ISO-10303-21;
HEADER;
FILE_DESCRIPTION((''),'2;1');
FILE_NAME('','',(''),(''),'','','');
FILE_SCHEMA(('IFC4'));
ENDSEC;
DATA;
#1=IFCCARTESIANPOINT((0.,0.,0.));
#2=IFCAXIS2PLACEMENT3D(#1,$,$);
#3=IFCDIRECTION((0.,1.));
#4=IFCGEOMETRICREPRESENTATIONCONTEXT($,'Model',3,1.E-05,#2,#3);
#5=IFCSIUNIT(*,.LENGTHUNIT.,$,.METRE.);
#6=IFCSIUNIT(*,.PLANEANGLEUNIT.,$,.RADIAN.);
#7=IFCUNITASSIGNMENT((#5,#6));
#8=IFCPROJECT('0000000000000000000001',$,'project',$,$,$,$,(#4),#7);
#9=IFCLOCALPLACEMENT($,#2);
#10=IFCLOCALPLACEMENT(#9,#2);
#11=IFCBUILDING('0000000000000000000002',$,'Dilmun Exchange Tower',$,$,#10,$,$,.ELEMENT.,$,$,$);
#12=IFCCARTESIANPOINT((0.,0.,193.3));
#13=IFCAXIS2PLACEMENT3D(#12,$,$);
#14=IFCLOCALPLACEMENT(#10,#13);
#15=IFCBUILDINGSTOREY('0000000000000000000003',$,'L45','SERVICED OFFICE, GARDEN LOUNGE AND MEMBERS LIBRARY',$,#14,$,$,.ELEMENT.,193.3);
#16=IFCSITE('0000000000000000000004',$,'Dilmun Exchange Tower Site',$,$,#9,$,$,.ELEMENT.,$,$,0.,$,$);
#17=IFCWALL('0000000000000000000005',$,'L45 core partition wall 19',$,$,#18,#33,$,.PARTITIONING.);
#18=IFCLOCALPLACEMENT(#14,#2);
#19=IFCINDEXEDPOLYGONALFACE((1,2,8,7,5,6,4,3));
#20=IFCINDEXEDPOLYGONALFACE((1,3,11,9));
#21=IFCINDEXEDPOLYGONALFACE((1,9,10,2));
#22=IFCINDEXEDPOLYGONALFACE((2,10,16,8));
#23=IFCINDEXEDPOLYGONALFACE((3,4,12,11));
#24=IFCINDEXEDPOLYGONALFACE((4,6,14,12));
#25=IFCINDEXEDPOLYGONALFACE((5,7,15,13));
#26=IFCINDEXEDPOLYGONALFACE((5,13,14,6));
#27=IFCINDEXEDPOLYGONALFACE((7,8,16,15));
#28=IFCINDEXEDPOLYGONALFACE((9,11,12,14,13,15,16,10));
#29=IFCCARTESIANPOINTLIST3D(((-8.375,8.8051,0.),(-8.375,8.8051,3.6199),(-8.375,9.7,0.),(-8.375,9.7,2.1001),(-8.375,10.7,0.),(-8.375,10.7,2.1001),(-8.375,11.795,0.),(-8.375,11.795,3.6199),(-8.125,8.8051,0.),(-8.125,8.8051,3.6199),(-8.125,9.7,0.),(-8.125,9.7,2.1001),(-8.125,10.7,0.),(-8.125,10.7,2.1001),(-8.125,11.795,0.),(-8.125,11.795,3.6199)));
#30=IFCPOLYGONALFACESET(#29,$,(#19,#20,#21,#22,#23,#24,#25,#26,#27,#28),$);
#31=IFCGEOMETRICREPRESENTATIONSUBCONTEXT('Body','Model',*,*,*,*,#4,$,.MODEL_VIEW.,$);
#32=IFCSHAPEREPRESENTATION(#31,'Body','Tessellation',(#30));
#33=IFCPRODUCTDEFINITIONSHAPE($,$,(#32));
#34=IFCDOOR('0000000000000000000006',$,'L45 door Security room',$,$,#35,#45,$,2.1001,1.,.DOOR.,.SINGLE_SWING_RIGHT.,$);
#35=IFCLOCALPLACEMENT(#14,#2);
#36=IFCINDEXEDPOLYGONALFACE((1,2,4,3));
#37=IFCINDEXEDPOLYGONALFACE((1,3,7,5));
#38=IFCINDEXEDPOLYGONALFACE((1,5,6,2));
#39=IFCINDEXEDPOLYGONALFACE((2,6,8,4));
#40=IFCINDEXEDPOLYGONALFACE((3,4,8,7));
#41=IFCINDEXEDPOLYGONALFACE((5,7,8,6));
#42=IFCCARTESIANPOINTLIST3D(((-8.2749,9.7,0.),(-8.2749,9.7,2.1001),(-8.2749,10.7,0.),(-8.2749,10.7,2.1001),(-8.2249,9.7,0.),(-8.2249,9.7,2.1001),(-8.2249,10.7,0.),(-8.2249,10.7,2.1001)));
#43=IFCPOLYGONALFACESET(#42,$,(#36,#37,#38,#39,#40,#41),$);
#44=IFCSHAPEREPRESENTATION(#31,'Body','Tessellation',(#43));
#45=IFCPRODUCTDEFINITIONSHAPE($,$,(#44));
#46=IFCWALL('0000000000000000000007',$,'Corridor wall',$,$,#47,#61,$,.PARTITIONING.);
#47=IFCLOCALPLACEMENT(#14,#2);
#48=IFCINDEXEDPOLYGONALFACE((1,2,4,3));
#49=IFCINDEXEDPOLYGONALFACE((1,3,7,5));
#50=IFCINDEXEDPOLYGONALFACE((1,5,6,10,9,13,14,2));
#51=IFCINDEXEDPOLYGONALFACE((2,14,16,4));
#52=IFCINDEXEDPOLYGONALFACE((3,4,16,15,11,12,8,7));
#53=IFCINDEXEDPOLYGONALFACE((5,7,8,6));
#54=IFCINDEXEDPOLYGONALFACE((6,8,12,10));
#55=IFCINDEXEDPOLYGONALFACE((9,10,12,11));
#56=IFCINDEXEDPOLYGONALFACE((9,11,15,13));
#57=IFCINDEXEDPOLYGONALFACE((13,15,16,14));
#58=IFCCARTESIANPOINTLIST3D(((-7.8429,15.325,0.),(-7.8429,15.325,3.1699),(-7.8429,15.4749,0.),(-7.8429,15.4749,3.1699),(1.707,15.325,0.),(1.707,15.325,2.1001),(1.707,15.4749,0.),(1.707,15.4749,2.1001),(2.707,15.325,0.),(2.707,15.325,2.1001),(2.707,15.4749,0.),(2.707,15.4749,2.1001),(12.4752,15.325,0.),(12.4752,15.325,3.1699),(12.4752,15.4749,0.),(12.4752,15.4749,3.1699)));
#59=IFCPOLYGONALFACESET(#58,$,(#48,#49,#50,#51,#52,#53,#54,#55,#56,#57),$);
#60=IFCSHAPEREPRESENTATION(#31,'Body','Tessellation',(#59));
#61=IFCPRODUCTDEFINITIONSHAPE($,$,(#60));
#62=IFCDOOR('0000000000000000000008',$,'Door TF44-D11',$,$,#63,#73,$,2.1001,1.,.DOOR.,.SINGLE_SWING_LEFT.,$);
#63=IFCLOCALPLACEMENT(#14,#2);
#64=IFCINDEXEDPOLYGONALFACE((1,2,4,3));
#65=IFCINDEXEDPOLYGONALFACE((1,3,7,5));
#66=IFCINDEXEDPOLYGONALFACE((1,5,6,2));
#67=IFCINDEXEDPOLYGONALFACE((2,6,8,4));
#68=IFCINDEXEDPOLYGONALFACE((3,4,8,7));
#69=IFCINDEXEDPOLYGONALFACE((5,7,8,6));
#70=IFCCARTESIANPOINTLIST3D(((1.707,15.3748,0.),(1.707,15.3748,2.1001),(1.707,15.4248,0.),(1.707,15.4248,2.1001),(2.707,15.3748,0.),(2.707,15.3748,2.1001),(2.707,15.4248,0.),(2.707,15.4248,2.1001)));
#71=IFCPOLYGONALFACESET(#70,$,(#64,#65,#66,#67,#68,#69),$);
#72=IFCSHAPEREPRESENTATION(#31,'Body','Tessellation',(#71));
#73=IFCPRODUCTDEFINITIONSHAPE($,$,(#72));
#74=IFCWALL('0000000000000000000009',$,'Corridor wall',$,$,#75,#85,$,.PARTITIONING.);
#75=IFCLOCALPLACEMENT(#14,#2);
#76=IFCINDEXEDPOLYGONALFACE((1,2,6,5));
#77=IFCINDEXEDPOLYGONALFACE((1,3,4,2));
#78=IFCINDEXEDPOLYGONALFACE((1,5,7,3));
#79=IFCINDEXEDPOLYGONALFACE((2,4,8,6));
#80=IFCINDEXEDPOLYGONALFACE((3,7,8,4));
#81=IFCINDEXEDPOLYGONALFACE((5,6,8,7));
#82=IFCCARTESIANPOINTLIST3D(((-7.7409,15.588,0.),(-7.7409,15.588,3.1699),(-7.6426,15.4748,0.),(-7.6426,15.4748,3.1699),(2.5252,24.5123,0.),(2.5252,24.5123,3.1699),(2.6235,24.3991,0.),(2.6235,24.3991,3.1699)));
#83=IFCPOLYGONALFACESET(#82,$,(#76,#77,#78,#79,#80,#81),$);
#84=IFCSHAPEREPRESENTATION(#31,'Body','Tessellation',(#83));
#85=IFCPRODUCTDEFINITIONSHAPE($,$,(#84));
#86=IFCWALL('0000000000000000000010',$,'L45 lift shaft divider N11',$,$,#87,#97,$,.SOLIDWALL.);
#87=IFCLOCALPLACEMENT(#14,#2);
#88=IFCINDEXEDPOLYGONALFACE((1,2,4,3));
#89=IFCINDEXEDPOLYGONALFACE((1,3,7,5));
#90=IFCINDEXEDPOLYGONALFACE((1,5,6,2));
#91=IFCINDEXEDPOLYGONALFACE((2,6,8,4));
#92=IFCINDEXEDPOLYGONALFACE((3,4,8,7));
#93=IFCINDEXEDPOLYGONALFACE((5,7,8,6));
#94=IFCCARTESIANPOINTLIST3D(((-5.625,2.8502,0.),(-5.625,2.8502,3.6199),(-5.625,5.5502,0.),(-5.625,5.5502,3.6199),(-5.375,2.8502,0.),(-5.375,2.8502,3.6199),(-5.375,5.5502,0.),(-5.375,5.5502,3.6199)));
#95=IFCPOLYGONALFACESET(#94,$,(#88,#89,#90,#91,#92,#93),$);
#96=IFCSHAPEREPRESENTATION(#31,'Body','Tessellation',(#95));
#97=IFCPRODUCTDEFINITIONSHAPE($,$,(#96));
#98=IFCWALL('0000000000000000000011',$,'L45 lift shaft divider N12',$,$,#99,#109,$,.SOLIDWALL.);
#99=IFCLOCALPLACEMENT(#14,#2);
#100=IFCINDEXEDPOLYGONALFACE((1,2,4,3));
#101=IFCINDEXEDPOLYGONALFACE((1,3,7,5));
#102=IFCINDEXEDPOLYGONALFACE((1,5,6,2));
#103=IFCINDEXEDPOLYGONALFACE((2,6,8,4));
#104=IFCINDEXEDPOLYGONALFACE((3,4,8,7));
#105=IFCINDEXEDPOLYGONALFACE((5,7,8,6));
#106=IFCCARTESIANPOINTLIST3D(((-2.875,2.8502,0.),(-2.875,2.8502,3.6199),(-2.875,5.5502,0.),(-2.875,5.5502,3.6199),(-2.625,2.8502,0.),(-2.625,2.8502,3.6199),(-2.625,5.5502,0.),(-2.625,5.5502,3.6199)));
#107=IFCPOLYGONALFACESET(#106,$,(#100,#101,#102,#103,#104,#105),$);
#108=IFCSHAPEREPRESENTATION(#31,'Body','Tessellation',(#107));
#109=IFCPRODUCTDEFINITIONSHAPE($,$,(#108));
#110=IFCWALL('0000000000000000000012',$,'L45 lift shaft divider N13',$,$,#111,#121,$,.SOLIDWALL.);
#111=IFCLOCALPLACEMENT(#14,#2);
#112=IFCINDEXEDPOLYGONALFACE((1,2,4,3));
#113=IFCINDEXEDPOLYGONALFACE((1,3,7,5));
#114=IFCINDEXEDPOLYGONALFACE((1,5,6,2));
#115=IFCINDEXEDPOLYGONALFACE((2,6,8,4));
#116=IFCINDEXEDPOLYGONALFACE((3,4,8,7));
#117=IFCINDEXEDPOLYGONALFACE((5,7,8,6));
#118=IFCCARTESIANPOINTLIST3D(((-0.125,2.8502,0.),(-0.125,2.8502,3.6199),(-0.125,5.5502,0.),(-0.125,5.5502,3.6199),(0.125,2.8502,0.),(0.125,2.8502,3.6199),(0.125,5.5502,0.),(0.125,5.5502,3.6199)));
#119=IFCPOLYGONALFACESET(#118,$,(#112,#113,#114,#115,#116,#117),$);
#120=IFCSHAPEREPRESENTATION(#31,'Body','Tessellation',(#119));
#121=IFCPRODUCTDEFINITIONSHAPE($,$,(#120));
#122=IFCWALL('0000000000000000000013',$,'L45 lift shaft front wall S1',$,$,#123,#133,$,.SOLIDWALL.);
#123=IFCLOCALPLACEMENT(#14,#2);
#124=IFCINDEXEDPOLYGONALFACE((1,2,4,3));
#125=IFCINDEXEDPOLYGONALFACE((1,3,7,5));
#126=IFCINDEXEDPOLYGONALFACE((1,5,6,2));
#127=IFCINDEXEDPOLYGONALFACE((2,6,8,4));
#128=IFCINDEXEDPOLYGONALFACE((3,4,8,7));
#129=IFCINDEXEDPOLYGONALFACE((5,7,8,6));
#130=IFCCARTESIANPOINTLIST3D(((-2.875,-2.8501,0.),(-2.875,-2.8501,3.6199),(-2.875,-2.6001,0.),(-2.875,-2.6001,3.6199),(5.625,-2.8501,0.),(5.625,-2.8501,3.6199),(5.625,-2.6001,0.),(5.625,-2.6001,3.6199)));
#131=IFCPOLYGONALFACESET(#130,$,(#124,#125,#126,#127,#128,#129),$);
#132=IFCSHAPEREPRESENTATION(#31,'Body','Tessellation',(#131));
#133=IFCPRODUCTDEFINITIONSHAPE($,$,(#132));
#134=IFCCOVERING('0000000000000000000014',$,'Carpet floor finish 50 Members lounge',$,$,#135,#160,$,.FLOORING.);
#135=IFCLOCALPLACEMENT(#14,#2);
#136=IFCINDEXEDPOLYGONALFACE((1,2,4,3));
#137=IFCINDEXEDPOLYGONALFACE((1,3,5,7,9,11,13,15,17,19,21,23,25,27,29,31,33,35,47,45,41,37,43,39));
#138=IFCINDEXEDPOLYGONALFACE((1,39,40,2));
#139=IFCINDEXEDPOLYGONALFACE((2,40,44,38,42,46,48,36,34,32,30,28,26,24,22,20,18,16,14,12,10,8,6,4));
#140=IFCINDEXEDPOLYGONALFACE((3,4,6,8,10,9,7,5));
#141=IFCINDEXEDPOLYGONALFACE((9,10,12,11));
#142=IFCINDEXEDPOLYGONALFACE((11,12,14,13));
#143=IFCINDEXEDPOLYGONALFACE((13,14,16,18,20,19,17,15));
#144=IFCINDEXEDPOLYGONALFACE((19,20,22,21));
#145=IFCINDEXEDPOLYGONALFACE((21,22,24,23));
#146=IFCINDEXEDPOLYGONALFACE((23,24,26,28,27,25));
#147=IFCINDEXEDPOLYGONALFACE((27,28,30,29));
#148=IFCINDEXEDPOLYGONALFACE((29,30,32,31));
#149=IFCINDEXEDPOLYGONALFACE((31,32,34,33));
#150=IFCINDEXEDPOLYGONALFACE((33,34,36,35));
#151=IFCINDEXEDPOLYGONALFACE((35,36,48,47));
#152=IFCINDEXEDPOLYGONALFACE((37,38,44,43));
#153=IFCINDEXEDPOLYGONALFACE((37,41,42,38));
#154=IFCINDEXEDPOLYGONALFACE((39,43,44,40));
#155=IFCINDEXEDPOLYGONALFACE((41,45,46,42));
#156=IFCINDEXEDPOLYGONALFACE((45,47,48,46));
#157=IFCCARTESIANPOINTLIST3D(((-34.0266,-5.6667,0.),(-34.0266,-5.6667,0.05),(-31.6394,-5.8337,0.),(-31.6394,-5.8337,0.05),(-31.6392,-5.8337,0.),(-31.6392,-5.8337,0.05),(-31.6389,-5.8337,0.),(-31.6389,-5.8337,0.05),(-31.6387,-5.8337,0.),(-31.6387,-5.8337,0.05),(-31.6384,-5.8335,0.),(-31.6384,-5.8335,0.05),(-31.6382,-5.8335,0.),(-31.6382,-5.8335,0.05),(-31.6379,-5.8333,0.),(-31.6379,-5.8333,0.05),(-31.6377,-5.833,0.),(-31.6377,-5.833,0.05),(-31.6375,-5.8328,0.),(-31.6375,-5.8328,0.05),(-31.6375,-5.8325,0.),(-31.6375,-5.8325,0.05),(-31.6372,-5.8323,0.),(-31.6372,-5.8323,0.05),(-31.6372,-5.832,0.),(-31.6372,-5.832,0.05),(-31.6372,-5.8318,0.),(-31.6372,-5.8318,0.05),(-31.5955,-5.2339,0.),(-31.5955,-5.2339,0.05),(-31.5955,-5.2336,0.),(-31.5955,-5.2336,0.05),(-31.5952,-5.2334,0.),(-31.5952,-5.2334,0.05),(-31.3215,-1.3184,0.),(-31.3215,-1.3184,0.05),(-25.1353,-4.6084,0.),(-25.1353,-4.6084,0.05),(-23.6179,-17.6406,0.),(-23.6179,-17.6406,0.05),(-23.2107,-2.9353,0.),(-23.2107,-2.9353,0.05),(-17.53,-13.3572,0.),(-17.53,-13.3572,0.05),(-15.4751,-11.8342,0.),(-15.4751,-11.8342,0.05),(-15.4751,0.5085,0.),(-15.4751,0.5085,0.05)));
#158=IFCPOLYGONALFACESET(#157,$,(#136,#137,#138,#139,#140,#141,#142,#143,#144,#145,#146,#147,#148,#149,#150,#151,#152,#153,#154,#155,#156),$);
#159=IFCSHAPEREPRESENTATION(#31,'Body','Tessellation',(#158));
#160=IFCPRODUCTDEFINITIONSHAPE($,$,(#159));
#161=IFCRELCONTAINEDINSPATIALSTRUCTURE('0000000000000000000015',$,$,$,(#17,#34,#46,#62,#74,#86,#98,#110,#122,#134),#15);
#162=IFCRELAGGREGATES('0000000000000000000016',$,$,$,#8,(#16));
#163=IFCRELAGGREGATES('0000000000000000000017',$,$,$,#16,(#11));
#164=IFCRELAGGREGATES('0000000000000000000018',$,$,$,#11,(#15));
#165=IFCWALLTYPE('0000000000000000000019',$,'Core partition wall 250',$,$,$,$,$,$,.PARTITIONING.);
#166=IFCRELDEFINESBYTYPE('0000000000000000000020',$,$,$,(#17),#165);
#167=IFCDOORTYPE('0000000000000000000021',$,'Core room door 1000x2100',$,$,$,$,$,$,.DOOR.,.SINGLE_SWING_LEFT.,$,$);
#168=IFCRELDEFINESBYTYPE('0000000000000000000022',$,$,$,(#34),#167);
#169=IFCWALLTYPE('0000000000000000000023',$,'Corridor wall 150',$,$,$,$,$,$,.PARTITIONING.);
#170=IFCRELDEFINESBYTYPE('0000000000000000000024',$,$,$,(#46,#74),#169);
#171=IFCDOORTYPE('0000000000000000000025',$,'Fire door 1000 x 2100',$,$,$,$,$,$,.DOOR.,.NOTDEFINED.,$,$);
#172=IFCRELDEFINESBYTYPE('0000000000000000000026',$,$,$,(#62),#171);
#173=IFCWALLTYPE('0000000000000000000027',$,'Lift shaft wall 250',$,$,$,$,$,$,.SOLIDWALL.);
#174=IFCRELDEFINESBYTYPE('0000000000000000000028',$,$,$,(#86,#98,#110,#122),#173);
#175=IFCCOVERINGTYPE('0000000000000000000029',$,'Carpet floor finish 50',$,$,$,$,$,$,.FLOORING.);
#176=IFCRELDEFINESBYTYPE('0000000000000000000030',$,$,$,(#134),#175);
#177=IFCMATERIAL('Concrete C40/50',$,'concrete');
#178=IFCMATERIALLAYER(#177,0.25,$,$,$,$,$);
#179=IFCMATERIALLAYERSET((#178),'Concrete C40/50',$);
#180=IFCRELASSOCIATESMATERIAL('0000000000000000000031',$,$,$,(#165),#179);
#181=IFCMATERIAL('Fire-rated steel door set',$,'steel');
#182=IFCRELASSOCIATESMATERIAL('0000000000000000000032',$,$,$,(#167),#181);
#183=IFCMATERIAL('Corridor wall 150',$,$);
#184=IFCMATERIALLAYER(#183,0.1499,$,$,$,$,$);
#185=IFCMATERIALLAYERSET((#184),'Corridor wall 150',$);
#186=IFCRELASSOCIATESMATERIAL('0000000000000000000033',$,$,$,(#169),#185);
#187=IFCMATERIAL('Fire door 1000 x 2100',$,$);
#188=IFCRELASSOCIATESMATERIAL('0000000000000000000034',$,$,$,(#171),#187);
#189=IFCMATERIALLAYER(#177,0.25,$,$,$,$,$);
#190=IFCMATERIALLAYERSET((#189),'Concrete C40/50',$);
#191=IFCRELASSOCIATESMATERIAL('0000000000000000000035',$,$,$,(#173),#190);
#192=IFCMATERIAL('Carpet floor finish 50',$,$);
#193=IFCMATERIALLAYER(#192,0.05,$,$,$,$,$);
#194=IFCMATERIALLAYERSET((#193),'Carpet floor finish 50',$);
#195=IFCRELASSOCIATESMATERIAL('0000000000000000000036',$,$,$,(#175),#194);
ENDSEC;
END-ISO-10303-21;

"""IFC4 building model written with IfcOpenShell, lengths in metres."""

from ifc_helpers import new_model, si_unit, direction, frame, frame_2d, origin, place, context, subcontext, project, spatial, polyline, rectangle, outline, extrude, material, layer, layer_set, type_object, element, fill, save


model = new_model("IFC4")

# Units and contexts
model_context = context("Model", 3, precision=1e-05, world=origin(), true_north=direction((0.0, 1.0)))
body_context = subcontext(model_context, "Body", "Model", "MODEL_VIEW")
ifc_project = project(units=[si_unit("LENGTHUNIT", "METRE"), si_unit("PLANEANGLEUNIT", "RADIAN")], contexts=[model_context])

# Site, building, storey
site_placement = place(None, origin())
site = spatial("IfcSite", under=ifc_project, at=site_placement, Name="Dilmun Exchange Tower Site", CompositionType="ELEMENT", RefElevation=0.0)
building_placement = place(site_placement, origin())
building = spatial("IfcBuilding", under=site, at=building_placement, Name="Dilmun Exchange Tower", CompositionType="ELEMENT")
storey_placement = place(building_placement, frame((0.0, 0.0, 193.3)))
storey = spatial("IfcBuildingStorey", under=building, at=storey_placement, Name="L45", Description="SERVICED OFFICE, GARDEN LOUNGE AND MEMBERS LIBRARY", CompositionType="ELEMENT", Elevation=193.3)

# Shared definitions
ifc_material_1 = material(Name="Concrete C40/50", Category="concrete")

# Shared definitions
ifc_material_2 = material(Name="Fire-rated steel door set", Category="steel")

# Walls, openings, doors
ifc_layer_1 = layer(ifc_material_1, 0.25)
ifc_layer_set_1 = layer_set([ifc_layer_1], Name="Concrete C40/50")
wall_type_1 = type_object("IfcWallType", Name="Core partition wall 250", PredefinedType="PARTITIONING", material=ifc_layer_set_1)
wall_1_placement = place(storey_placement, frame((-8.25, 8.8049, 0.0), z_axis=(0.0, 0.0, 1.0), x_axis=(0.0, 1.0, 0.0)))
wall_1 = element("IfcWall", 1, at=wall_1_placement, inside=storey, type_object=wall_type_1, Name="L45 core partition wall 19", PredefinedType="PARTITIONING", context=body_context, shape_type="SweptSolid", body=[
    extrude(rectangle(XDim=2.99, YDim=0.25, at=frame_2d((1.4951, 0.0))), origin(), (0.0, 0.0, 1.0), 3.6199),
])
opening_1_placement = place(wall_1_placement, frame((0.895, 0.0, 0.0)))
opening_1 = element("IfcOpeningElement", 2, at=opening_1_placement, cuts=wall_1, PredefinedType="OPENING", context=body_context, shape_type="SweptSolid", body=[
    extrude(rectangle(XDim=1.0, YDim=2.1001, at=frame_2d((0.5, 1.05))), frame((0.0, 0.135, 0.0), z_axis=(0.0, -1.0, 0.0), x_axis=(1.0, 0.0, 0.0)), (0.0, 0.0, 1.0), 0.27),
])
door_type_1 = type_object("IfcDoorType", Name="Core room door 1000x2100", OperationType="SINGLE_SWING_LEFT", PredefinedType="DOOR", material=ifc_material_2)
door_1_placement = place(opening_1_placement, origin())
door_1 = element("IfcDoor", 3, at=door_1_placement, inside=storey, type_object=door_type_1, Name="L45 door Security room", OperationType="SINGLE_SWING_RIGHT", OverallHeight=2.1001, OverallWidth=1.0, PredefinedType="DOOR", context=body_context, shape_type="SweptSolid", body=[
    extrude(rectangle(XDim=1.0, YDim=2.1001, at=frame_2d((0.5, 1.05))), frame((0.0, 0.0249, 0.0), z_axis=(0.0, -1.0, 0.0), x_axis=(1.0, 0.0, 0.0)), (0.0, 0.0, 1.0), 0.05),
])
fill(opening_1, door_1)
ifc_material_3 = material(Name="Corridor wall 150")
ifc_layer_2 = layer(ifc_material_3, 0.1499)
ifc_layer_set_2 = layer_set([ifc_layer_2], Name="Corridor wall 150")
wall_type_2 = type_object("IfcWallType", Name="Corridor wall 150", PredefinedType="PARTITIONING", material=ifc_layer_set_2)
wall_2_placement = place(storey_placement, frame((-7.843, 15.3999, 0.0), z_axis=(0.0, 0.0, 1.0), x_axis=(1.0, 0.0, 0.0)))
wall_2 = element("IfcWall", 4, at=wall_2_placement, inside=storey, type_object=wall_type_2, Name="Corridor wall", PredefinedType="PARTITIONING", context=body_context, shape_type="SweptSolid", body=[
    extrude(rectangle(XDim=20.3181, YDim=0.1499, at=frame_2d((10.1592, 0.0))), origin(), (0.0, 0.0, 1.0), 3.1699),
])
opening_2_placement = place(wall_2_placement, frame((9.55, 0.0, 0.0)))
opening_2 = element("IfcOpeningElement", 5, at=opening_2_placement, cuts=wall_2, PredefinedType="OPENING", context=body_context, shape_type="SweptSolid", body=[
    extrude(rectangle(XDim=1.0, YDim=2.1001, at=frame_2d((0.5, 1.05))), frame((0.0, 0.085, 0.0), z_axis=(0.0, -1.0, 0.0), x_axis=(1.0, 0.0, 0.0)), (0.0, 0.0, 1.0), 0.1699),
])
ifc_material_4 = material(Name="Fire door 1000 x 2100")
door_type_2 = type_object("IfcDoorType", Name="Fire door 1000 x 2100", OperationType="NOTDEFINED", PredefinedType="DOOR", material=ifc_material_4)
door_2_placement = place(opening_2_placement, origin())
door_2 = element("IfcDoor", 6, at=door_2_placement, inside=storey, type_object=door_type_2, Name="Door TF44-D11", OperationType="SINGLE_SWING_LEFT", OverallHeight=2.1001, OverallWidth=1.0, PredefinedType="DOOR", context=body_context, shape_type="SweptSolid", body=[
    extrude(rectangle(XDim=1.0, YDim=2.1001, at=frame_2d((0.5, 1.05))), frame((0.0, 0.0249, 0.0), z_axis=(0.0, -1.0, 0.0), x_axis=(1.0, 0.0, 0.0)), (0.0, 0.0, 1.0), 0.05),
])
fill(opening_2, door_2)

# Walls
wall_3_placement = place(storey_placement, frame((-7.6917, 15.5315, 0.0), z_axis=(0.0, 0.0, 1.0), x_axis=(0.754705, 0.656064, 0.0)))
element("IfcWall", 7, at=wall_3_placement, inside=storey, type_object=wall_type_2, Name="Corridor wall", PredefinedType="PARTITIONING", context=body_context, shape_type="SweptSolid", body=[
    extrude(rectangle(XDim=13.6028, YDim=0.1499, at=frame_2d((6.8013, 0.0))), origin(), (0.0, 0.0, 1.0), 3.1699),
])
ifc_layer_3 = layer(ifc_material_1, 0.25)
ifc_layer_set_3 = layer_set([ifc_layer_3], Name="Concrete C40/50")
wall_type_3 = type_object("IfcWallType", Name="Lift shaft wall 250", PredefinedType="SOLIDWALL", material=ifc_layer_set_3)
for number, where, z_axis, x_axis, name in (
    (8, (-5.5, 2.8501, 0.0), (0.0, 0.0, 1.0), (0.0, 1.0, 0.0), "L45 lift shaft divider N11"),
    (9, (-2.75, 2.8501, 0.0), (0.0, 0.0, 1.0), (0.0, 1.0, 0.0), "L45 lift shaft divider N12"),
    (10, (0.0, 2.8501, 0.0), (0.0, 0.0, 1.0), (0.0, 1.0, 0.0), "L45 lift shaft divider N13"),
):
    element("IfcWall", number, at=place(storey_placement, frame(where, z_axis=z_axis, x_axis=x_axis)), inside=storey, type_object=wall_type_3, Name=name, PredefinedType="SOLIDWALL", context=body_context, shape_type="SweptSolid", body=[
        extrude(rectangle(XDim=2.7, YDim=0.25, at=frame_2d((1.3501, 0.0))), origin(), (0.0, 0.0, 1.0), 3.6199),
    ])
wall_4_placement = place(storey_placement, frame((-2.875, -2.7251, 0.0), z_axis=(0.0, 0.0, 1.0), x_axis=(1.0, 0.0, 0.0)))
element("IfcWall", 11, at=wall_4_placement, inside=storey, type_object=wall_type_3, Name="L45 lift shaft front wall S1", PredefinedType="SOLIDWALL", context=body_context, shape_type="SweptSolid", body=[
    extrude(rectangle(XDim=8.5, YDim=0.25, at=frame_2d((4.25, 0.0))), origin(), (0.0, 0.0, 1.0), 3.6199),
])

# Covering
ifc_material_5 = material(Name="Carpet floor finish 50")
ifc_layer_4 = layer(ifc_material_5, 0.05)
ifc_layer_set_4 = layer_set([ifc_layer_4], Name="Carpet floor finish 50")
covering_type_1 = type_object("IfcCoveringType", Name="Carpet floor finish 50", PredefinedType="FLOORING", material=ifc_layer_set_4)
covering_1_placement = place(storey_placement, origin())
element("IfcCovering", 12, at=covering_1_placement, inside=storey, type_object=covering_type_1, Name="Carpet floor finish 50 Members lounge", PredefinedType="FLOORING", context=body_context, shape_type="SweptSolid", body=[
    extrude(outline(polyline([(-23.2107, -2.9353), (-25.1353, -4.6084), (-17.53, -13.3572), (-23.6179, -17.6406), (-34.0266, -5.6667), (-31.6394, -5.8337), (-31.6392, -5.8337), (-31.6389, -5.8337), (-31.6389, -5.8337), (-31.6387, -5.8337), (-31.6384, -5.8335), (-31.6382, -5.8335), (-31.6382, -5.8335), (-31.6379, -5.8333), (-31.6377, -5.833), (-31.6377, -5.833), (-31.6375, -5.8328), (-31.6375, -5.8328), (-31.6375, -5.8325), (-31.6372, -5.8323), (-31.6372, -5.832), (-31.6372, -5.8318), (-31.5955, -5.2339), (-31.5955, -5.2339), (-31.5955, -5.2336), (-31.5952, -5.2334), (-31.3215, -1.3184), (-15.4751, 0.5085), (-15.4751, -11.8342), (-23.2107, -2.9353)])), origin(), (0.0, 0.0, 1.0), 0.05),
])

save(model, "model.ifc")
